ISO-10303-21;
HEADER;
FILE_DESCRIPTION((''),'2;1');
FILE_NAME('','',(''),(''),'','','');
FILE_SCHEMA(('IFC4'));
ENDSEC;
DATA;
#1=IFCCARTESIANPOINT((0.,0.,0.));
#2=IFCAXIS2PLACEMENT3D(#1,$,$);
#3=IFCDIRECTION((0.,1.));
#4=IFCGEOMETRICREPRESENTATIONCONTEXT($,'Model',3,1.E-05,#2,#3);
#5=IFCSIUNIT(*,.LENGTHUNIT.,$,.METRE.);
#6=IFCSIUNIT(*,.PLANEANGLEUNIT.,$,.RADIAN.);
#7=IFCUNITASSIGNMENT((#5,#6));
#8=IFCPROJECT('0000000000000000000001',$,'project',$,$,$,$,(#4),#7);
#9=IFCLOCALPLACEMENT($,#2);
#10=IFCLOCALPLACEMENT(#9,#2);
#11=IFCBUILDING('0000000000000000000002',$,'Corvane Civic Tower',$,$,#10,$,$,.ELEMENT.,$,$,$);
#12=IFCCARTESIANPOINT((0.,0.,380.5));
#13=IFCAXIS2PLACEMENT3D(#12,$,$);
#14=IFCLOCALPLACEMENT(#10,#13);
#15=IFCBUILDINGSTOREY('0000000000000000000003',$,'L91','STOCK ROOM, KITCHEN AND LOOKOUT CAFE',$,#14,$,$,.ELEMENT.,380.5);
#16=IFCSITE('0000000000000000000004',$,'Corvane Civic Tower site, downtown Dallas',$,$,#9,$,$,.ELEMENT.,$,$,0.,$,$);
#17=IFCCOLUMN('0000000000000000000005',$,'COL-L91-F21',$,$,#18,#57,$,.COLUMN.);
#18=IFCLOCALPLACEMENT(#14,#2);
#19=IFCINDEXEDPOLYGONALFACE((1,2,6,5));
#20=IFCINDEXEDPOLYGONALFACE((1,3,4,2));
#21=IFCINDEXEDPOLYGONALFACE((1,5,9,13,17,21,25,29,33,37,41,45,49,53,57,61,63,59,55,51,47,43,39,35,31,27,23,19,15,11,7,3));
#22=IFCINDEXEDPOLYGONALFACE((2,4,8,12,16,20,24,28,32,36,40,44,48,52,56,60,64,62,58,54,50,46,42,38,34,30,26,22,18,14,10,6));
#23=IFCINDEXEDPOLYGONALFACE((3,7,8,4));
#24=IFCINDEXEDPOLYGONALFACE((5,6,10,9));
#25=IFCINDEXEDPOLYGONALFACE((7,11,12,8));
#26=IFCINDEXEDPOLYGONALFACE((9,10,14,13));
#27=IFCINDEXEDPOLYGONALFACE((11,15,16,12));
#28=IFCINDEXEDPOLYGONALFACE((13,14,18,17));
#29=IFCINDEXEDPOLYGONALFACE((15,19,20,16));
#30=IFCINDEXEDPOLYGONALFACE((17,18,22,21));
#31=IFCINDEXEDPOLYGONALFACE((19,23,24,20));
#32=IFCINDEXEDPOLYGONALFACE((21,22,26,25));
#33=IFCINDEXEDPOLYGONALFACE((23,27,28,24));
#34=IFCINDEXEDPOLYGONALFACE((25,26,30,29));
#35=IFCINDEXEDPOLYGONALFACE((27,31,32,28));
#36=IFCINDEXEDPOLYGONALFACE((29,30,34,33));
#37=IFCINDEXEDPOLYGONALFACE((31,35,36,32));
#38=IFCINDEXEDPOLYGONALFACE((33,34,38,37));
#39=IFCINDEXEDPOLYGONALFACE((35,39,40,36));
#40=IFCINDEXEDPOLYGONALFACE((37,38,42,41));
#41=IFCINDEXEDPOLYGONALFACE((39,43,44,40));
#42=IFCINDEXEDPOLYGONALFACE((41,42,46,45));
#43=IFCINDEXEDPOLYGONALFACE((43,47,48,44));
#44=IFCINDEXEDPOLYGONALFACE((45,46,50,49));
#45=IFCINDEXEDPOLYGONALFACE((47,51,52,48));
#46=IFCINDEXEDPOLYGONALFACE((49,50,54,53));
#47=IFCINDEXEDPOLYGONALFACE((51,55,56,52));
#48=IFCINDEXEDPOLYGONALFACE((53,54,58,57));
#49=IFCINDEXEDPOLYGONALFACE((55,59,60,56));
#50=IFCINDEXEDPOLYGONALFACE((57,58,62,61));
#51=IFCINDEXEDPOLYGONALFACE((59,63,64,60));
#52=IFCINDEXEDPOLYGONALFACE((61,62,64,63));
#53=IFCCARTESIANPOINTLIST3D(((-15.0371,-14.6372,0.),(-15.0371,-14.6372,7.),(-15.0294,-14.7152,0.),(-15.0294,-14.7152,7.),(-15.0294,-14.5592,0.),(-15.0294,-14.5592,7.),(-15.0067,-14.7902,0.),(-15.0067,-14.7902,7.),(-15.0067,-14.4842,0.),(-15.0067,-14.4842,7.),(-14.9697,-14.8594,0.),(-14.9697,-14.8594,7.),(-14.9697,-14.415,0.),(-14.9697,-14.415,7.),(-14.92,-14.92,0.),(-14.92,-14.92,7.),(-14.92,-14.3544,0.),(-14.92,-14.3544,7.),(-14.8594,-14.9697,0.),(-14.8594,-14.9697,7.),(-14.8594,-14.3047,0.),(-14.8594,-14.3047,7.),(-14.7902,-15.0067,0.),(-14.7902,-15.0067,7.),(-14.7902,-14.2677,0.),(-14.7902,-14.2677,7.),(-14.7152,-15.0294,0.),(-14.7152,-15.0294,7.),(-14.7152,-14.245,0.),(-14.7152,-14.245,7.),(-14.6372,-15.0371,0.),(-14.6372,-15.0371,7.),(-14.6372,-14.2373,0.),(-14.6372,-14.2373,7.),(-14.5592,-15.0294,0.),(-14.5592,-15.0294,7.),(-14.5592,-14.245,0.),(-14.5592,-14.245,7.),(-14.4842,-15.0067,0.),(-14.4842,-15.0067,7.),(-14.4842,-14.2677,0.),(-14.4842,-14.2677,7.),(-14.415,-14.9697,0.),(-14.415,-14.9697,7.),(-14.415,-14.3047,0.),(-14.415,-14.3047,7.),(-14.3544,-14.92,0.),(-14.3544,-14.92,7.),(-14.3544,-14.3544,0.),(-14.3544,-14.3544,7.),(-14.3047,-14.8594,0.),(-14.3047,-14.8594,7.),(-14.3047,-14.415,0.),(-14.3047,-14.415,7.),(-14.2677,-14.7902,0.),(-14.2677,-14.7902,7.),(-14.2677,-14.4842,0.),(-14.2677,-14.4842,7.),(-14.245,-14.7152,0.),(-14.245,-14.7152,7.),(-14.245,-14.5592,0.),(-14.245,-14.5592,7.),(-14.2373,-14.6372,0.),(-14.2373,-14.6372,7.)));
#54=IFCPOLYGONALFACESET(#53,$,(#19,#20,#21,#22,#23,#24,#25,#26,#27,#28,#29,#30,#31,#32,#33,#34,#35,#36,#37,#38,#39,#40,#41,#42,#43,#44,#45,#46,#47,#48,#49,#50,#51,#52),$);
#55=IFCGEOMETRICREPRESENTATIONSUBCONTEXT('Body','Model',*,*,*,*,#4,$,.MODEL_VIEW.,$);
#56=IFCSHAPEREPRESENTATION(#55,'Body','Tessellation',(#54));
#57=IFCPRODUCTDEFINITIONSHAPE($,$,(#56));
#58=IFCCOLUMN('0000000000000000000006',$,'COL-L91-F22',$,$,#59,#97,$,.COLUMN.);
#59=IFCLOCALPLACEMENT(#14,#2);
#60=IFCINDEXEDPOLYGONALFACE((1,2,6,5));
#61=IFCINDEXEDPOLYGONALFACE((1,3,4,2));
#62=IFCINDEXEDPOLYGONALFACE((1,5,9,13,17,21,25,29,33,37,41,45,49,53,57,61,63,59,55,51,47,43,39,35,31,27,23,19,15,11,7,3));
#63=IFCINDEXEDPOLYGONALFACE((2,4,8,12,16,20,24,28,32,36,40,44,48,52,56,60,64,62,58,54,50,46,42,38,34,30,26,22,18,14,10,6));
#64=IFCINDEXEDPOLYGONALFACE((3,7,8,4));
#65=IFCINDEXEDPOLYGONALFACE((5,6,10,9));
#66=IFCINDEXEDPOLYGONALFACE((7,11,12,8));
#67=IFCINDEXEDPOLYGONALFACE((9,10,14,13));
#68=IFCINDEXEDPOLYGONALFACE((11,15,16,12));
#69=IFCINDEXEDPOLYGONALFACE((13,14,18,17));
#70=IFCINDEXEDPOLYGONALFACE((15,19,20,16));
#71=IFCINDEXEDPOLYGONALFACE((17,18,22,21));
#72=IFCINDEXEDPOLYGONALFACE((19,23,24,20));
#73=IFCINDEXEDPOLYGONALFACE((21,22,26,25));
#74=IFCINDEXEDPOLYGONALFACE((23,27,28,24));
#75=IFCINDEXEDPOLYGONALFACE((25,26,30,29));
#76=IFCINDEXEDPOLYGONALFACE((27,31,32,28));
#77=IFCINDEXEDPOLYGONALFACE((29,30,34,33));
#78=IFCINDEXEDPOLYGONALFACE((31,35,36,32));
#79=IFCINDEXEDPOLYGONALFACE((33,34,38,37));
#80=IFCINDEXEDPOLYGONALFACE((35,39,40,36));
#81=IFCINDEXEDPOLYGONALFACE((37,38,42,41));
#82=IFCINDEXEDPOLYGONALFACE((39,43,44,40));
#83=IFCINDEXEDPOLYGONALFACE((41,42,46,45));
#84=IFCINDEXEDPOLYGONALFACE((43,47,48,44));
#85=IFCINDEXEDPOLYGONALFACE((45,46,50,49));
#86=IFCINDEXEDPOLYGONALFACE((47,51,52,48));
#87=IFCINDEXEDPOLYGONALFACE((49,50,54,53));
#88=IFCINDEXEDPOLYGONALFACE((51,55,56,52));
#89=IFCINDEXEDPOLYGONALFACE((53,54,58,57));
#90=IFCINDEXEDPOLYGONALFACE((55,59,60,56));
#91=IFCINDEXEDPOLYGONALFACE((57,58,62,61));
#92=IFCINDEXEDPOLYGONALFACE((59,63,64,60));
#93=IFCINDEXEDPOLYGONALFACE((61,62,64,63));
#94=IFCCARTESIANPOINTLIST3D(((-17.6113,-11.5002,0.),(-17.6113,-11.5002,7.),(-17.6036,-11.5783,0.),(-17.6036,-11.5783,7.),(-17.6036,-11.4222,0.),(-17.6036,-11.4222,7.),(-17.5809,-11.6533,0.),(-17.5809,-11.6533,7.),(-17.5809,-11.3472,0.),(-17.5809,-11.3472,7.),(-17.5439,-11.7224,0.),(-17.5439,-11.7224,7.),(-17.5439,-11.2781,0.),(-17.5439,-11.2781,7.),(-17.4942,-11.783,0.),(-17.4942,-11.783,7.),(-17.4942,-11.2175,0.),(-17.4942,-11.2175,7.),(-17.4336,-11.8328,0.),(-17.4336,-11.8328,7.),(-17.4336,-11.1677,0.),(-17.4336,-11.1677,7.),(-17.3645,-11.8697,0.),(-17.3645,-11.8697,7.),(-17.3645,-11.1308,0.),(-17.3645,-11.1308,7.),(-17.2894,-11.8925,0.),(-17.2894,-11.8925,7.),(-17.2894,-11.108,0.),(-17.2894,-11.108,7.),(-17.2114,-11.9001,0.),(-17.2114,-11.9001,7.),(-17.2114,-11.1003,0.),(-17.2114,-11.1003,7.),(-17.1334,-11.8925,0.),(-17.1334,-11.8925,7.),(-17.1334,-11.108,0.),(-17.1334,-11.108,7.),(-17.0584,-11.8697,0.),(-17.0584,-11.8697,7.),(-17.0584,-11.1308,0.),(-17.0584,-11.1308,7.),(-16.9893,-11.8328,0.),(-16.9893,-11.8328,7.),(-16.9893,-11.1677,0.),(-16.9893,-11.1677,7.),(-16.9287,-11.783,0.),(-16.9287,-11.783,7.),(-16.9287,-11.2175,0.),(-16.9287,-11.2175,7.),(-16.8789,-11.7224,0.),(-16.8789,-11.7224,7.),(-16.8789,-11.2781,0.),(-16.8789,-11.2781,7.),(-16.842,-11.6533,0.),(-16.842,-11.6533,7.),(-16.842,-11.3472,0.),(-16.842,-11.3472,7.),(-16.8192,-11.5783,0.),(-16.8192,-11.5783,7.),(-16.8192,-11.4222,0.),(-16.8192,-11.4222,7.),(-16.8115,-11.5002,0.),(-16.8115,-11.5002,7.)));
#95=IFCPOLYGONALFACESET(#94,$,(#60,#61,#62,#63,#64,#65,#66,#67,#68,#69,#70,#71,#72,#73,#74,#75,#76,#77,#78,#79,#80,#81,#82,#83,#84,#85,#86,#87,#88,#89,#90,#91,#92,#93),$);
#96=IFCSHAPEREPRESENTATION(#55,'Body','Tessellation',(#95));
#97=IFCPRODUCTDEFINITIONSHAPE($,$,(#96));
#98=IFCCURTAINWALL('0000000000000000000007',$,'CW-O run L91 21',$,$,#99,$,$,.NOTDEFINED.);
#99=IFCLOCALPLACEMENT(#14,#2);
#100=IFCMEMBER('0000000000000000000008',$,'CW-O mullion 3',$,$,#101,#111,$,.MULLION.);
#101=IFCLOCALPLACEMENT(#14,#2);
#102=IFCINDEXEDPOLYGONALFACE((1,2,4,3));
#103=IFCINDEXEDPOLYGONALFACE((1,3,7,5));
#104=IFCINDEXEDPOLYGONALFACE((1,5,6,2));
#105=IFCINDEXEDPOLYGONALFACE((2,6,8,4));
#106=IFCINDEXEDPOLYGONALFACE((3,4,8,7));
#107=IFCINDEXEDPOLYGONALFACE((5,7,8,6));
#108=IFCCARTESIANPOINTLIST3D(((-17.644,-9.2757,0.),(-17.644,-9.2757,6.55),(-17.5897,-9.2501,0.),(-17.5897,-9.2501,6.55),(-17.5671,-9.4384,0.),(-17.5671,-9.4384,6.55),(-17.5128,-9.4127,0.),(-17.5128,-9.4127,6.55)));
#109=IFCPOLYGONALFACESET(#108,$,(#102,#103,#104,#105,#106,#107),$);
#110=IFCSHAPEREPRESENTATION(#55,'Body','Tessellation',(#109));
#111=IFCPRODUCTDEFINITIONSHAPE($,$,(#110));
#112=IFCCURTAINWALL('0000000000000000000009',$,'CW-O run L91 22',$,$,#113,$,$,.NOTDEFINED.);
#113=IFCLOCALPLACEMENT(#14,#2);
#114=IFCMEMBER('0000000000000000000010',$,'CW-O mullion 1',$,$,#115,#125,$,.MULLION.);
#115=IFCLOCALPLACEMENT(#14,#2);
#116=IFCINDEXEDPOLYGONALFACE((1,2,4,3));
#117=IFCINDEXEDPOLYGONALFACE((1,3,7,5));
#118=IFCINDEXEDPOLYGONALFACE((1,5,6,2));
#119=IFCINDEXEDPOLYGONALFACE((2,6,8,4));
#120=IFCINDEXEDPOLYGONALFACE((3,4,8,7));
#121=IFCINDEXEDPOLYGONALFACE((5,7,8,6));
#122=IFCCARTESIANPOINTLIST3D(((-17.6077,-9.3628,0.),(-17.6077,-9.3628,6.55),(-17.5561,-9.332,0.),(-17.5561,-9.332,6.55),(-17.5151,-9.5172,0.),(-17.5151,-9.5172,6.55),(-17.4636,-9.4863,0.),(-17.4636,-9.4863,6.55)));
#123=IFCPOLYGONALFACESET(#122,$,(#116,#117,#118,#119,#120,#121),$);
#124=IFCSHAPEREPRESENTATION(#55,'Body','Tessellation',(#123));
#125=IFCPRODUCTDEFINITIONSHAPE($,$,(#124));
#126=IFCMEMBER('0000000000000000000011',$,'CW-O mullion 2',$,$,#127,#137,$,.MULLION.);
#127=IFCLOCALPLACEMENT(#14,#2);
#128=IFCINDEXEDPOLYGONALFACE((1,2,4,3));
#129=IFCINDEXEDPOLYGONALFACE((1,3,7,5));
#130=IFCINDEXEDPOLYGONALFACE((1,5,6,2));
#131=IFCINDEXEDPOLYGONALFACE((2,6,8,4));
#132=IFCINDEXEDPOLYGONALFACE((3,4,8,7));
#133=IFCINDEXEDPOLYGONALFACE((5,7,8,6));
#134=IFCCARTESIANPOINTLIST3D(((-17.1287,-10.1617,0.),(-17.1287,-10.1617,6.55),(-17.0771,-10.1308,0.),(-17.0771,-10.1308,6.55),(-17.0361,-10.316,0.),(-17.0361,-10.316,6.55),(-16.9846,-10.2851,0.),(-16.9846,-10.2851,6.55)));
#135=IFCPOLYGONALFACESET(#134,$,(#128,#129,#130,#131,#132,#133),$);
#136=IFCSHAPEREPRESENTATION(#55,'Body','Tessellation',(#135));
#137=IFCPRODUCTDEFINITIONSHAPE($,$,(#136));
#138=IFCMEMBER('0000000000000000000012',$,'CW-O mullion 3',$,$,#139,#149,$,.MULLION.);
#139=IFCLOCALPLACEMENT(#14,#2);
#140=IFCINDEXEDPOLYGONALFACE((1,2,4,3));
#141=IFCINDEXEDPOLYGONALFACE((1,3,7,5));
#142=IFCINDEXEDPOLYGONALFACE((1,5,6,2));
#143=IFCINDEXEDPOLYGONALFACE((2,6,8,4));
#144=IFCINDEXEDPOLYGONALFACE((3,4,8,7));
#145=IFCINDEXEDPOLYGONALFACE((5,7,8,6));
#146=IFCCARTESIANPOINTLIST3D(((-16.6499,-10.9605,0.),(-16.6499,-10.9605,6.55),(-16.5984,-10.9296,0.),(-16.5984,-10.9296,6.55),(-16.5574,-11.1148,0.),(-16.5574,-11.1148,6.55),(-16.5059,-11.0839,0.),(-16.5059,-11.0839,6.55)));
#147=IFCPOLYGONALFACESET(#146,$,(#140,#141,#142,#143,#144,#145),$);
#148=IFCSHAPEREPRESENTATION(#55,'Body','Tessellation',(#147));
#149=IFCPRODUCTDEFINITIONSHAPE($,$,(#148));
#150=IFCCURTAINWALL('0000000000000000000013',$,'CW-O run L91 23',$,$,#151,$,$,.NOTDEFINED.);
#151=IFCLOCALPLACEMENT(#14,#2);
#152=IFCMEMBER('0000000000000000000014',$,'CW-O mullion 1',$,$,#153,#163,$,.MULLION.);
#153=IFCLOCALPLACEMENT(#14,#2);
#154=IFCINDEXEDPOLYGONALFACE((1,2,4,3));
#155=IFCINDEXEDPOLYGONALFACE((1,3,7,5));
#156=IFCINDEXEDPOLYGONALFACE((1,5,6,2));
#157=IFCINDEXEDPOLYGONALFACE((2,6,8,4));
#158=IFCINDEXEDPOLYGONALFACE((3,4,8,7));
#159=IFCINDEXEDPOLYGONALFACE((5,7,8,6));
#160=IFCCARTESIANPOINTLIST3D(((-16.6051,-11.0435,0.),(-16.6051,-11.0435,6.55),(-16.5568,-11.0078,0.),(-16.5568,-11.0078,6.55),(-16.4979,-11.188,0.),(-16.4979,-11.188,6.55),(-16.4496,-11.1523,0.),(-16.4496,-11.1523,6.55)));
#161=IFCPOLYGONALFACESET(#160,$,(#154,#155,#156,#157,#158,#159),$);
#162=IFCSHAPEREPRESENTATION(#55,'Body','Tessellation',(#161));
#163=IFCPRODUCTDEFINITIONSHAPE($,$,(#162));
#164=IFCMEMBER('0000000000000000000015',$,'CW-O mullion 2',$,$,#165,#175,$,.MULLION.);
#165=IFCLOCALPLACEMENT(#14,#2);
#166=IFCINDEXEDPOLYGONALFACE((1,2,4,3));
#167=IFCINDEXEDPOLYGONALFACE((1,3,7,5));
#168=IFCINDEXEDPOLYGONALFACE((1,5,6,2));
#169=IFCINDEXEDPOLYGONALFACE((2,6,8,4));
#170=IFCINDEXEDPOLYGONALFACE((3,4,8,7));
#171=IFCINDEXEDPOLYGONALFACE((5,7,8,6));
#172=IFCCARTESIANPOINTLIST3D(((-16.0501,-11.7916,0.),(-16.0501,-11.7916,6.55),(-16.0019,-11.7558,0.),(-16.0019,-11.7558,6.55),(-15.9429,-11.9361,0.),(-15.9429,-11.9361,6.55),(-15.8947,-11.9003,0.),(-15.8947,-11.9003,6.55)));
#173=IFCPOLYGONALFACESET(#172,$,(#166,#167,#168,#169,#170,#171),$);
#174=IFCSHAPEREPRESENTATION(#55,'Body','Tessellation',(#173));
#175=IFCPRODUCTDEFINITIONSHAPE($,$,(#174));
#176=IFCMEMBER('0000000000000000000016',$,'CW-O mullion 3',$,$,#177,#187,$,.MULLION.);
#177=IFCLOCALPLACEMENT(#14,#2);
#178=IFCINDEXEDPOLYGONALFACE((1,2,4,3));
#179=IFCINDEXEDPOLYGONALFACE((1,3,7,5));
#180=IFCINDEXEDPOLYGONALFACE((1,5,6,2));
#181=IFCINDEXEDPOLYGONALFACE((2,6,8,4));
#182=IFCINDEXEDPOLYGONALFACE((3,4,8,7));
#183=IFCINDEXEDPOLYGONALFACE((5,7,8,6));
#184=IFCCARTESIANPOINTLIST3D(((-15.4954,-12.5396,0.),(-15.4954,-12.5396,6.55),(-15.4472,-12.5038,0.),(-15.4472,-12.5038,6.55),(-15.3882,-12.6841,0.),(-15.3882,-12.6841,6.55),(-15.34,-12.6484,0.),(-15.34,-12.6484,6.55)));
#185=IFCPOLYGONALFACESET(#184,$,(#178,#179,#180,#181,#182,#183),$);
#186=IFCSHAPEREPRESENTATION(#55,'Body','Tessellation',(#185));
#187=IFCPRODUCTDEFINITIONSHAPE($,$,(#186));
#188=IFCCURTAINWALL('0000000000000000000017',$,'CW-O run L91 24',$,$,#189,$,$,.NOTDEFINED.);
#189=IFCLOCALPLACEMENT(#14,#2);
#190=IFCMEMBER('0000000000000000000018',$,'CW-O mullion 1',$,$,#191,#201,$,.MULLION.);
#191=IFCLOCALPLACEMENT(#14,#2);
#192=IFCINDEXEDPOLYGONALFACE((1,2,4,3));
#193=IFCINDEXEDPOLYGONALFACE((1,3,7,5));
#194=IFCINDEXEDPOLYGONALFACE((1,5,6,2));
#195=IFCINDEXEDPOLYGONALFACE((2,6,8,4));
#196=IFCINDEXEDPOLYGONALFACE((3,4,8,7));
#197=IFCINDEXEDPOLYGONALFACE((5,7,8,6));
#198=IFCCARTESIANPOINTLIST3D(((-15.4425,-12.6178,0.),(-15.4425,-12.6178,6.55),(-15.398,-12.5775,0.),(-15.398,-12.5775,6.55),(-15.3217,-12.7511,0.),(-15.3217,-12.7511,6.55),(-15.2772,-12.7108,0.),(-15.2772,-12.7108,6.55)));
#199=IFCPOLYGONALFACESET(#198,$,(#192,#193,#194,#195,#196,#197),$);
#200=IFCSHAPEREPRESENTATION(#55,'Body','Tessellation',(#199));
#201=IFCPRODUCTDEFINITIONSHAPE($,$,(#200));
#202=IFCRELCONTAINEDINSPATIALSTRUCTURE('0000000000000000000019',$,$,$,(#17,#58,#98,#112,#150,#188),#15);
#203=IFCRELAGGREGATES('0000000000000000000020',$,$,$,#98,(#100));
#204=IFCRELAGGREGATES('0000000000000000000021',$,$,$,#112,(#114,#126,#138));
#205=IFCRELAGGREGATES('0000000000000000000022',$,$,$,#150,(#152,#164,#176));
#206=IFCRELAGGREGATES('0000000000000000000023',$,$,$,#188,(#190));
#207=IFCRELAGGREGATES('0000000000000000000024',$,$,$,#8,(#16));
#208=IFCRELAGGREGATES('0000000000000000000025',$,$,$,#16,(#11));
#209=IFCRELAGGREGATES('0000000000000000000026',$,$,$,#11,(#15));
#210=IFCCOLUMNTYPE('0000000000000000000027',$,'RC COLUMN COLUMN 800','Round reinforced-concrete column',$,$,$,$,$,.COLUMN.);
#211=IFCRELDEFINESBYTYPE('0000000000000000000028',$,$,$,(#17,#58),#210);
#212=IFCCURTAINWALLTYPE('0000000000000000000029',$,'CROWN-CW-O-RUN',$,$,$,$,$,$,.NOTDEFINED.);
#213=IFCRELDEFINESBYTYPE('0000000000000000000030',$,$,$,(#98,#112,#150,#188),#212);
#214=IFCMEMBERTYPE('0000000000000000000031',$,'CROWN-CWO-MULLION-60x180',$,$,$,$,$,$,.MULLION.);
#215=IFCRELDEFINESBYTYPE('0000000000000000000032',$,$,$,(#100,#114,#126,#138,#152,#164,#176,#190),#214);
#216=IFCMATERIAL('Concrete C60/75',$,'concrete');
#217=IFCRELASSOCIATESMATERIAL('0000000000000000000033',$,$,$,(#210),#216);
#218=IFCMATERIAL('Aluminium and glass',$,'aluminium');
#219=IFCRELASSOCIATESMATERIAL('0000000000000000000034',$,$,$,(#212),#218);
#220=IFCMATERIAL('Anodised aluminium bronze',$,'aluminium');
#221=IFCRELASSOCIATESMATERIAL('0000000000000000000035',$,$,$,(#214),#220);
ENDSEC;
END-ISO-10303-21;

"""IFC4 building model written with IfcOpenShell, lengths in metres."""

from ifc_helpers import new_model, si_unit, direction, frame, origin, origin_2d, place, context, subcontext, project, spatial, rectangle, circle, extrude, material, material_profile, profile_set, type_object, element, aggregate, save


model = new_model("IFC4")

# Units and contexts
model_context = context("Model", 3, precision=1e-05, world=origin(), true_north=direction((0.0, 1.0)))
body_context = subcontext(model_context, "Body", "Model", "MODEL_VIEW")
ifc_project = project(units=[si_unit("LENGTHUNIT", "METRE"), si_unit("PLANEANGLEUNIT", "RADIAN")], contexts=[model_context])

# Site, building, storey
site_placement = place(None, origin())
site = spatial("IfcSite", under=ifc_project, at=site_placement, Name="Corvane Civic Tower site, downtown Dallas", CompositionType="ELEMENT", RefElevation=0.0)
building_placement = place(site_placement, origin())
building = spatial("IfcBuilding", under=site, at=building_placement, Name="Corvane Civic Tower", CompositionType="ELEMENT")
storey_placement = place(building_placement, frame((0.0, 0.0, 380.5)))
storey = spatial("IfcBuildingStorey", under=building, at=storey_placement, Name="L91", Description="STOCK ROOM, KITCHEN AND LOOKOUT CAFE", CompositionType="ELEMENT", Elevation=380.5)

# Columns
ifc_material_1 = material(Name="Concrete C60/75", Category="concrete")
ifc_material_profile_1 = material_profile(ifc_material_1, circle(Radius=0.3999, at=origin_2d()), Name="COLUMN 800")
ifc_profile_set_1 = profile_set([ifc_material_profile_1], Name="Concrete C60/75")
column_type = type_object("IfcColumnType", Name="RC COLUMN COLUMN 800", Description="Round reinforced-concrete column", PredefinedType="COLUMN", material=ifc_profile_set_1)
for number, where, z_axis, x_axis, name in (
    (1, (-14.6372, -14.6372, 0.0), (0.0, 0.0, 1.0), (1.0, 0.0, 0.0), "COL-L91-F21"),
    (2, (-17.2114, -11.5002, 0.0), (0.0, 0.0, 1.0), (1.0, 0.0, 0.0), "COL-L91-F22"),
):
    element("IfcColumn", number, at=place(storey_placement, frame(where, z_axis=z_axis, x_axis=x_axis)), inside=storey, type_object=column_type, Name=name, PredefinedType="COLUMN", context=body_context, shape_type="SweptSolid", body=[
        extrude(circle(Radius=0.3999, at=origin_2d()), origin(), (0.0, 0.0, 1.0), 7.0),
    ])

# Curtain wall, member
ifc_material_2 = material(Name="Aluminium and glass", Category="aluminium")
curtain_wall_type = type_object("IfcCurtainWallType", Name="CROWN-CW-O-RUN", PredefinedType="NOTDEFINED", material=ifc_material_2)
curtain_wall_1_placement = place(storey_placement, origin())
curtain_wall_1 = element("IfcCurtainWall", 3, at=curtain_wall_1_placement, inside=storey, type_object=curtain_wall_type, Name="CW-O run L91 21", PredefinedType="NOTDEFINED")
ifc_material_3 = material(Name="Anodised aluminium bronze", Category="aluminium")
ifc_material_profile_2 = material_profile(ifc_material_3, rectangle(XDim=0.0601, YDim=0.1799, at=origin_2d()), Name="AL 60x180")
ifc_profile_set_2 = profile_set([ifc_material_profile_2], Name="Anodised aluminium bronze")
member_type_1 = type_object("IfcMemberType", Name="CROWN-CWO-MULLION-60x180", PredefinedType="MULLION", material=ifc_profile_set_2)
member_1_placement = place(storey_placement, frame((-17.5784, -9.3442, 0.0), z_axis=(0.0, 0.0, 1.0), x_axis=(0.904011, 0.427509, 0.0)))
member_1 = element("IfcMember", 4, at=member_1_placement, type_object=member_type_1, Name="CW-O mullion 3", PredefinedType="MULLION", context=body_context, shape_type="SweptSolid", body=[
    extrude(rectangle(XDim=0.0601, YDim=0.1799, at=origin_2d()), origin(), (0.0, 0.0, 1.0), 6.55),
])
aggregate(curtain_wall_1, [member_1])

# Curtain walls, members
curtain_wall_2_placement = place(storey_placement, origin())
curtain_wall_2 = element("IfcCurtainWall", 5, at=curtain_wall_2_placement, inside=storey, type_object=curtain_wall_type, Name="CW-O run L91 22", PredefinedType="NOTDEFINED")
member_2_placement = place(storey_placement, frame((-17.5356, -9.4246, 0.0), z_axis=(0.0, 0.0, 1.0), x_axis=(0.857699, 0.514152, 0.0)))
member_2 = element("IfcMember", 6, at=member_2_placement, type_object=member_type_1, Name="CW-O mullion 1", PredefinedType="MULLION", context=body_context, shape_type="SweptSolid", body=[
    extrude(rectangle(XDim=0.0601, YDim=0.1799, at=origin_2d()), origin(), (0.0, 0.0, 1.0), 6.55),
])
member_3_placement = place(storey_placement, frame((-17.0566, -10.2234, 0.0), z_axis=(0.0, 0.0, 1.0), x_axis=(0.857699, 0.514152, 0.0)))
member_3 = element("IfcMember", 7, at=member_3_placement, type_object=member_type_1, Name="CW-O mullion 2", PredefinedType="MULLION", context=body_context, shape_type="SweptSolid", body=[
    extrude(rectangle(XDim=0.0601, YDim=0.1799, at=origin_2d()), origin(), (0.0, 0.0, 1.0), 6.55),
])
member_4_placement = place(storey_placement, frame((-16.5779, -11.0222, 0.0), z_axis=(0.0, 0.0, 1.0), x_axis=(0.857699, 0.514152, 0.0)))
member_4 = element("IfcMember", 8, at=member_4_placement, type_object=member_type_1, Name="CW-O mullion 3", PredefinedType="MULLION", context=body_context, shape_type="SweptSolid", body=[
    extrude(rectangle(XDim=0.0601, YDim=0.1799, at=origin_2d()), origin(), (0.0, 0.0, 1.0), 6.55),
])
aggregate(curtain_wall_2, [member_2, member_3, member_4])
curtain_wall_3_placement = place(storey_placement, origin())
curtain_wall_3 = element("IfcCurtainWall", 9, at=curtain_wall_3_placement, inside=storey, type_object=curtain_wall_type, Name="CW-O run L91 23", PredefinedType="NOTDEFINED")
member_5_placement = place(storey_placement, frame((-16.5273, -11.0979, 0.0), z_axis=(0.0, 0.0, 1.0), x_axis=(0.80319, 0.595722, 0.0)))
member_5 = element("IfcMember", 10, at=member_5_placement, type_object=member_type_1, Name="CW-O mullion 1", PredefinedType="MULLION", context=body_context, shape_type="SweptSolid", body=[
    extrude(rectangle(XDim=0.0601, YDim=0.1799, at=origin_2d()), origin(), (0.0, 0.0, 1.0), 6.55),
])
member_6_placement = place(storey_placement, frame((-15.9724, -11.8459, 0.0), z_axis=(0.0, 0.0, 1.0), x_axis=(0.80319, 0.595722, 0.0)))
member_6 = element("IfcMember", 11, at=member_6_placement, type_object=member_type_1, Name="CW-O mullion 2", PredefinedType="MULLION", context=body_context, shape_type="SweptSolid", body=[
    extrude(rectangle(XDim=0.0601, YDim=0.1799, at=origin_2d()), origin(), (0.0, 0.0, 1.0), 6.55),
])
member_7_placement = place(storey_placement, frame((-15.4177, -12.594, 0.0), z_axis=(0.0, 0.0, 1.0), x_axis=(0.80319, 0.595722, 0.0)))
member_7 = element("IfcMember", 12, at=member_7_placement, type_object=member_type_1, Name="CW-O mullion 3", PredefinedType="MULLION", context=body_context, shape_type="SweptSolid", body=[
    extrude(rectangle(XDim=0.0601, YDim=0.1799, at=origin_2d()), origin(), (0.0, 0.0, 1.0), 6.55),
])
aggregate(curtain_wall_3, [member_5, member_6, member_7])
curtain_wall_4_placement = place(storey_placement, origin())
curtain_wall_4 = element("IfcCurtainWall", 13, at=curtain_wall_4_placement, inside=storey, type_object=curtain_wall_type, Name="CW-O run L91 24", PredefinedType="NOTDEFINED")
member_8_placement = place(storey_placement, frame((-15.3599, -12.6643, 0.0), z_axis=(0.0, 0.0, 1.0), x_axis=(0.740944, 0.671567, 0.0)))
member_8 = element("IfcMember", 14, at=member_8_placement, type_object=member_type_1, Name="CW-O mullion 1", PredefinedType="MULLION", context=body_context, shape_type="SweptSolid", body=[
    extrude(rectangle(XDim=0.0601, YDim=0.1799, at=origin_2d()), origin(), (0.0, 0.0, 1.0), 6.55),
])
aggregate(curtain_wall_4, [member_8])

save(model, "model.ifc")
